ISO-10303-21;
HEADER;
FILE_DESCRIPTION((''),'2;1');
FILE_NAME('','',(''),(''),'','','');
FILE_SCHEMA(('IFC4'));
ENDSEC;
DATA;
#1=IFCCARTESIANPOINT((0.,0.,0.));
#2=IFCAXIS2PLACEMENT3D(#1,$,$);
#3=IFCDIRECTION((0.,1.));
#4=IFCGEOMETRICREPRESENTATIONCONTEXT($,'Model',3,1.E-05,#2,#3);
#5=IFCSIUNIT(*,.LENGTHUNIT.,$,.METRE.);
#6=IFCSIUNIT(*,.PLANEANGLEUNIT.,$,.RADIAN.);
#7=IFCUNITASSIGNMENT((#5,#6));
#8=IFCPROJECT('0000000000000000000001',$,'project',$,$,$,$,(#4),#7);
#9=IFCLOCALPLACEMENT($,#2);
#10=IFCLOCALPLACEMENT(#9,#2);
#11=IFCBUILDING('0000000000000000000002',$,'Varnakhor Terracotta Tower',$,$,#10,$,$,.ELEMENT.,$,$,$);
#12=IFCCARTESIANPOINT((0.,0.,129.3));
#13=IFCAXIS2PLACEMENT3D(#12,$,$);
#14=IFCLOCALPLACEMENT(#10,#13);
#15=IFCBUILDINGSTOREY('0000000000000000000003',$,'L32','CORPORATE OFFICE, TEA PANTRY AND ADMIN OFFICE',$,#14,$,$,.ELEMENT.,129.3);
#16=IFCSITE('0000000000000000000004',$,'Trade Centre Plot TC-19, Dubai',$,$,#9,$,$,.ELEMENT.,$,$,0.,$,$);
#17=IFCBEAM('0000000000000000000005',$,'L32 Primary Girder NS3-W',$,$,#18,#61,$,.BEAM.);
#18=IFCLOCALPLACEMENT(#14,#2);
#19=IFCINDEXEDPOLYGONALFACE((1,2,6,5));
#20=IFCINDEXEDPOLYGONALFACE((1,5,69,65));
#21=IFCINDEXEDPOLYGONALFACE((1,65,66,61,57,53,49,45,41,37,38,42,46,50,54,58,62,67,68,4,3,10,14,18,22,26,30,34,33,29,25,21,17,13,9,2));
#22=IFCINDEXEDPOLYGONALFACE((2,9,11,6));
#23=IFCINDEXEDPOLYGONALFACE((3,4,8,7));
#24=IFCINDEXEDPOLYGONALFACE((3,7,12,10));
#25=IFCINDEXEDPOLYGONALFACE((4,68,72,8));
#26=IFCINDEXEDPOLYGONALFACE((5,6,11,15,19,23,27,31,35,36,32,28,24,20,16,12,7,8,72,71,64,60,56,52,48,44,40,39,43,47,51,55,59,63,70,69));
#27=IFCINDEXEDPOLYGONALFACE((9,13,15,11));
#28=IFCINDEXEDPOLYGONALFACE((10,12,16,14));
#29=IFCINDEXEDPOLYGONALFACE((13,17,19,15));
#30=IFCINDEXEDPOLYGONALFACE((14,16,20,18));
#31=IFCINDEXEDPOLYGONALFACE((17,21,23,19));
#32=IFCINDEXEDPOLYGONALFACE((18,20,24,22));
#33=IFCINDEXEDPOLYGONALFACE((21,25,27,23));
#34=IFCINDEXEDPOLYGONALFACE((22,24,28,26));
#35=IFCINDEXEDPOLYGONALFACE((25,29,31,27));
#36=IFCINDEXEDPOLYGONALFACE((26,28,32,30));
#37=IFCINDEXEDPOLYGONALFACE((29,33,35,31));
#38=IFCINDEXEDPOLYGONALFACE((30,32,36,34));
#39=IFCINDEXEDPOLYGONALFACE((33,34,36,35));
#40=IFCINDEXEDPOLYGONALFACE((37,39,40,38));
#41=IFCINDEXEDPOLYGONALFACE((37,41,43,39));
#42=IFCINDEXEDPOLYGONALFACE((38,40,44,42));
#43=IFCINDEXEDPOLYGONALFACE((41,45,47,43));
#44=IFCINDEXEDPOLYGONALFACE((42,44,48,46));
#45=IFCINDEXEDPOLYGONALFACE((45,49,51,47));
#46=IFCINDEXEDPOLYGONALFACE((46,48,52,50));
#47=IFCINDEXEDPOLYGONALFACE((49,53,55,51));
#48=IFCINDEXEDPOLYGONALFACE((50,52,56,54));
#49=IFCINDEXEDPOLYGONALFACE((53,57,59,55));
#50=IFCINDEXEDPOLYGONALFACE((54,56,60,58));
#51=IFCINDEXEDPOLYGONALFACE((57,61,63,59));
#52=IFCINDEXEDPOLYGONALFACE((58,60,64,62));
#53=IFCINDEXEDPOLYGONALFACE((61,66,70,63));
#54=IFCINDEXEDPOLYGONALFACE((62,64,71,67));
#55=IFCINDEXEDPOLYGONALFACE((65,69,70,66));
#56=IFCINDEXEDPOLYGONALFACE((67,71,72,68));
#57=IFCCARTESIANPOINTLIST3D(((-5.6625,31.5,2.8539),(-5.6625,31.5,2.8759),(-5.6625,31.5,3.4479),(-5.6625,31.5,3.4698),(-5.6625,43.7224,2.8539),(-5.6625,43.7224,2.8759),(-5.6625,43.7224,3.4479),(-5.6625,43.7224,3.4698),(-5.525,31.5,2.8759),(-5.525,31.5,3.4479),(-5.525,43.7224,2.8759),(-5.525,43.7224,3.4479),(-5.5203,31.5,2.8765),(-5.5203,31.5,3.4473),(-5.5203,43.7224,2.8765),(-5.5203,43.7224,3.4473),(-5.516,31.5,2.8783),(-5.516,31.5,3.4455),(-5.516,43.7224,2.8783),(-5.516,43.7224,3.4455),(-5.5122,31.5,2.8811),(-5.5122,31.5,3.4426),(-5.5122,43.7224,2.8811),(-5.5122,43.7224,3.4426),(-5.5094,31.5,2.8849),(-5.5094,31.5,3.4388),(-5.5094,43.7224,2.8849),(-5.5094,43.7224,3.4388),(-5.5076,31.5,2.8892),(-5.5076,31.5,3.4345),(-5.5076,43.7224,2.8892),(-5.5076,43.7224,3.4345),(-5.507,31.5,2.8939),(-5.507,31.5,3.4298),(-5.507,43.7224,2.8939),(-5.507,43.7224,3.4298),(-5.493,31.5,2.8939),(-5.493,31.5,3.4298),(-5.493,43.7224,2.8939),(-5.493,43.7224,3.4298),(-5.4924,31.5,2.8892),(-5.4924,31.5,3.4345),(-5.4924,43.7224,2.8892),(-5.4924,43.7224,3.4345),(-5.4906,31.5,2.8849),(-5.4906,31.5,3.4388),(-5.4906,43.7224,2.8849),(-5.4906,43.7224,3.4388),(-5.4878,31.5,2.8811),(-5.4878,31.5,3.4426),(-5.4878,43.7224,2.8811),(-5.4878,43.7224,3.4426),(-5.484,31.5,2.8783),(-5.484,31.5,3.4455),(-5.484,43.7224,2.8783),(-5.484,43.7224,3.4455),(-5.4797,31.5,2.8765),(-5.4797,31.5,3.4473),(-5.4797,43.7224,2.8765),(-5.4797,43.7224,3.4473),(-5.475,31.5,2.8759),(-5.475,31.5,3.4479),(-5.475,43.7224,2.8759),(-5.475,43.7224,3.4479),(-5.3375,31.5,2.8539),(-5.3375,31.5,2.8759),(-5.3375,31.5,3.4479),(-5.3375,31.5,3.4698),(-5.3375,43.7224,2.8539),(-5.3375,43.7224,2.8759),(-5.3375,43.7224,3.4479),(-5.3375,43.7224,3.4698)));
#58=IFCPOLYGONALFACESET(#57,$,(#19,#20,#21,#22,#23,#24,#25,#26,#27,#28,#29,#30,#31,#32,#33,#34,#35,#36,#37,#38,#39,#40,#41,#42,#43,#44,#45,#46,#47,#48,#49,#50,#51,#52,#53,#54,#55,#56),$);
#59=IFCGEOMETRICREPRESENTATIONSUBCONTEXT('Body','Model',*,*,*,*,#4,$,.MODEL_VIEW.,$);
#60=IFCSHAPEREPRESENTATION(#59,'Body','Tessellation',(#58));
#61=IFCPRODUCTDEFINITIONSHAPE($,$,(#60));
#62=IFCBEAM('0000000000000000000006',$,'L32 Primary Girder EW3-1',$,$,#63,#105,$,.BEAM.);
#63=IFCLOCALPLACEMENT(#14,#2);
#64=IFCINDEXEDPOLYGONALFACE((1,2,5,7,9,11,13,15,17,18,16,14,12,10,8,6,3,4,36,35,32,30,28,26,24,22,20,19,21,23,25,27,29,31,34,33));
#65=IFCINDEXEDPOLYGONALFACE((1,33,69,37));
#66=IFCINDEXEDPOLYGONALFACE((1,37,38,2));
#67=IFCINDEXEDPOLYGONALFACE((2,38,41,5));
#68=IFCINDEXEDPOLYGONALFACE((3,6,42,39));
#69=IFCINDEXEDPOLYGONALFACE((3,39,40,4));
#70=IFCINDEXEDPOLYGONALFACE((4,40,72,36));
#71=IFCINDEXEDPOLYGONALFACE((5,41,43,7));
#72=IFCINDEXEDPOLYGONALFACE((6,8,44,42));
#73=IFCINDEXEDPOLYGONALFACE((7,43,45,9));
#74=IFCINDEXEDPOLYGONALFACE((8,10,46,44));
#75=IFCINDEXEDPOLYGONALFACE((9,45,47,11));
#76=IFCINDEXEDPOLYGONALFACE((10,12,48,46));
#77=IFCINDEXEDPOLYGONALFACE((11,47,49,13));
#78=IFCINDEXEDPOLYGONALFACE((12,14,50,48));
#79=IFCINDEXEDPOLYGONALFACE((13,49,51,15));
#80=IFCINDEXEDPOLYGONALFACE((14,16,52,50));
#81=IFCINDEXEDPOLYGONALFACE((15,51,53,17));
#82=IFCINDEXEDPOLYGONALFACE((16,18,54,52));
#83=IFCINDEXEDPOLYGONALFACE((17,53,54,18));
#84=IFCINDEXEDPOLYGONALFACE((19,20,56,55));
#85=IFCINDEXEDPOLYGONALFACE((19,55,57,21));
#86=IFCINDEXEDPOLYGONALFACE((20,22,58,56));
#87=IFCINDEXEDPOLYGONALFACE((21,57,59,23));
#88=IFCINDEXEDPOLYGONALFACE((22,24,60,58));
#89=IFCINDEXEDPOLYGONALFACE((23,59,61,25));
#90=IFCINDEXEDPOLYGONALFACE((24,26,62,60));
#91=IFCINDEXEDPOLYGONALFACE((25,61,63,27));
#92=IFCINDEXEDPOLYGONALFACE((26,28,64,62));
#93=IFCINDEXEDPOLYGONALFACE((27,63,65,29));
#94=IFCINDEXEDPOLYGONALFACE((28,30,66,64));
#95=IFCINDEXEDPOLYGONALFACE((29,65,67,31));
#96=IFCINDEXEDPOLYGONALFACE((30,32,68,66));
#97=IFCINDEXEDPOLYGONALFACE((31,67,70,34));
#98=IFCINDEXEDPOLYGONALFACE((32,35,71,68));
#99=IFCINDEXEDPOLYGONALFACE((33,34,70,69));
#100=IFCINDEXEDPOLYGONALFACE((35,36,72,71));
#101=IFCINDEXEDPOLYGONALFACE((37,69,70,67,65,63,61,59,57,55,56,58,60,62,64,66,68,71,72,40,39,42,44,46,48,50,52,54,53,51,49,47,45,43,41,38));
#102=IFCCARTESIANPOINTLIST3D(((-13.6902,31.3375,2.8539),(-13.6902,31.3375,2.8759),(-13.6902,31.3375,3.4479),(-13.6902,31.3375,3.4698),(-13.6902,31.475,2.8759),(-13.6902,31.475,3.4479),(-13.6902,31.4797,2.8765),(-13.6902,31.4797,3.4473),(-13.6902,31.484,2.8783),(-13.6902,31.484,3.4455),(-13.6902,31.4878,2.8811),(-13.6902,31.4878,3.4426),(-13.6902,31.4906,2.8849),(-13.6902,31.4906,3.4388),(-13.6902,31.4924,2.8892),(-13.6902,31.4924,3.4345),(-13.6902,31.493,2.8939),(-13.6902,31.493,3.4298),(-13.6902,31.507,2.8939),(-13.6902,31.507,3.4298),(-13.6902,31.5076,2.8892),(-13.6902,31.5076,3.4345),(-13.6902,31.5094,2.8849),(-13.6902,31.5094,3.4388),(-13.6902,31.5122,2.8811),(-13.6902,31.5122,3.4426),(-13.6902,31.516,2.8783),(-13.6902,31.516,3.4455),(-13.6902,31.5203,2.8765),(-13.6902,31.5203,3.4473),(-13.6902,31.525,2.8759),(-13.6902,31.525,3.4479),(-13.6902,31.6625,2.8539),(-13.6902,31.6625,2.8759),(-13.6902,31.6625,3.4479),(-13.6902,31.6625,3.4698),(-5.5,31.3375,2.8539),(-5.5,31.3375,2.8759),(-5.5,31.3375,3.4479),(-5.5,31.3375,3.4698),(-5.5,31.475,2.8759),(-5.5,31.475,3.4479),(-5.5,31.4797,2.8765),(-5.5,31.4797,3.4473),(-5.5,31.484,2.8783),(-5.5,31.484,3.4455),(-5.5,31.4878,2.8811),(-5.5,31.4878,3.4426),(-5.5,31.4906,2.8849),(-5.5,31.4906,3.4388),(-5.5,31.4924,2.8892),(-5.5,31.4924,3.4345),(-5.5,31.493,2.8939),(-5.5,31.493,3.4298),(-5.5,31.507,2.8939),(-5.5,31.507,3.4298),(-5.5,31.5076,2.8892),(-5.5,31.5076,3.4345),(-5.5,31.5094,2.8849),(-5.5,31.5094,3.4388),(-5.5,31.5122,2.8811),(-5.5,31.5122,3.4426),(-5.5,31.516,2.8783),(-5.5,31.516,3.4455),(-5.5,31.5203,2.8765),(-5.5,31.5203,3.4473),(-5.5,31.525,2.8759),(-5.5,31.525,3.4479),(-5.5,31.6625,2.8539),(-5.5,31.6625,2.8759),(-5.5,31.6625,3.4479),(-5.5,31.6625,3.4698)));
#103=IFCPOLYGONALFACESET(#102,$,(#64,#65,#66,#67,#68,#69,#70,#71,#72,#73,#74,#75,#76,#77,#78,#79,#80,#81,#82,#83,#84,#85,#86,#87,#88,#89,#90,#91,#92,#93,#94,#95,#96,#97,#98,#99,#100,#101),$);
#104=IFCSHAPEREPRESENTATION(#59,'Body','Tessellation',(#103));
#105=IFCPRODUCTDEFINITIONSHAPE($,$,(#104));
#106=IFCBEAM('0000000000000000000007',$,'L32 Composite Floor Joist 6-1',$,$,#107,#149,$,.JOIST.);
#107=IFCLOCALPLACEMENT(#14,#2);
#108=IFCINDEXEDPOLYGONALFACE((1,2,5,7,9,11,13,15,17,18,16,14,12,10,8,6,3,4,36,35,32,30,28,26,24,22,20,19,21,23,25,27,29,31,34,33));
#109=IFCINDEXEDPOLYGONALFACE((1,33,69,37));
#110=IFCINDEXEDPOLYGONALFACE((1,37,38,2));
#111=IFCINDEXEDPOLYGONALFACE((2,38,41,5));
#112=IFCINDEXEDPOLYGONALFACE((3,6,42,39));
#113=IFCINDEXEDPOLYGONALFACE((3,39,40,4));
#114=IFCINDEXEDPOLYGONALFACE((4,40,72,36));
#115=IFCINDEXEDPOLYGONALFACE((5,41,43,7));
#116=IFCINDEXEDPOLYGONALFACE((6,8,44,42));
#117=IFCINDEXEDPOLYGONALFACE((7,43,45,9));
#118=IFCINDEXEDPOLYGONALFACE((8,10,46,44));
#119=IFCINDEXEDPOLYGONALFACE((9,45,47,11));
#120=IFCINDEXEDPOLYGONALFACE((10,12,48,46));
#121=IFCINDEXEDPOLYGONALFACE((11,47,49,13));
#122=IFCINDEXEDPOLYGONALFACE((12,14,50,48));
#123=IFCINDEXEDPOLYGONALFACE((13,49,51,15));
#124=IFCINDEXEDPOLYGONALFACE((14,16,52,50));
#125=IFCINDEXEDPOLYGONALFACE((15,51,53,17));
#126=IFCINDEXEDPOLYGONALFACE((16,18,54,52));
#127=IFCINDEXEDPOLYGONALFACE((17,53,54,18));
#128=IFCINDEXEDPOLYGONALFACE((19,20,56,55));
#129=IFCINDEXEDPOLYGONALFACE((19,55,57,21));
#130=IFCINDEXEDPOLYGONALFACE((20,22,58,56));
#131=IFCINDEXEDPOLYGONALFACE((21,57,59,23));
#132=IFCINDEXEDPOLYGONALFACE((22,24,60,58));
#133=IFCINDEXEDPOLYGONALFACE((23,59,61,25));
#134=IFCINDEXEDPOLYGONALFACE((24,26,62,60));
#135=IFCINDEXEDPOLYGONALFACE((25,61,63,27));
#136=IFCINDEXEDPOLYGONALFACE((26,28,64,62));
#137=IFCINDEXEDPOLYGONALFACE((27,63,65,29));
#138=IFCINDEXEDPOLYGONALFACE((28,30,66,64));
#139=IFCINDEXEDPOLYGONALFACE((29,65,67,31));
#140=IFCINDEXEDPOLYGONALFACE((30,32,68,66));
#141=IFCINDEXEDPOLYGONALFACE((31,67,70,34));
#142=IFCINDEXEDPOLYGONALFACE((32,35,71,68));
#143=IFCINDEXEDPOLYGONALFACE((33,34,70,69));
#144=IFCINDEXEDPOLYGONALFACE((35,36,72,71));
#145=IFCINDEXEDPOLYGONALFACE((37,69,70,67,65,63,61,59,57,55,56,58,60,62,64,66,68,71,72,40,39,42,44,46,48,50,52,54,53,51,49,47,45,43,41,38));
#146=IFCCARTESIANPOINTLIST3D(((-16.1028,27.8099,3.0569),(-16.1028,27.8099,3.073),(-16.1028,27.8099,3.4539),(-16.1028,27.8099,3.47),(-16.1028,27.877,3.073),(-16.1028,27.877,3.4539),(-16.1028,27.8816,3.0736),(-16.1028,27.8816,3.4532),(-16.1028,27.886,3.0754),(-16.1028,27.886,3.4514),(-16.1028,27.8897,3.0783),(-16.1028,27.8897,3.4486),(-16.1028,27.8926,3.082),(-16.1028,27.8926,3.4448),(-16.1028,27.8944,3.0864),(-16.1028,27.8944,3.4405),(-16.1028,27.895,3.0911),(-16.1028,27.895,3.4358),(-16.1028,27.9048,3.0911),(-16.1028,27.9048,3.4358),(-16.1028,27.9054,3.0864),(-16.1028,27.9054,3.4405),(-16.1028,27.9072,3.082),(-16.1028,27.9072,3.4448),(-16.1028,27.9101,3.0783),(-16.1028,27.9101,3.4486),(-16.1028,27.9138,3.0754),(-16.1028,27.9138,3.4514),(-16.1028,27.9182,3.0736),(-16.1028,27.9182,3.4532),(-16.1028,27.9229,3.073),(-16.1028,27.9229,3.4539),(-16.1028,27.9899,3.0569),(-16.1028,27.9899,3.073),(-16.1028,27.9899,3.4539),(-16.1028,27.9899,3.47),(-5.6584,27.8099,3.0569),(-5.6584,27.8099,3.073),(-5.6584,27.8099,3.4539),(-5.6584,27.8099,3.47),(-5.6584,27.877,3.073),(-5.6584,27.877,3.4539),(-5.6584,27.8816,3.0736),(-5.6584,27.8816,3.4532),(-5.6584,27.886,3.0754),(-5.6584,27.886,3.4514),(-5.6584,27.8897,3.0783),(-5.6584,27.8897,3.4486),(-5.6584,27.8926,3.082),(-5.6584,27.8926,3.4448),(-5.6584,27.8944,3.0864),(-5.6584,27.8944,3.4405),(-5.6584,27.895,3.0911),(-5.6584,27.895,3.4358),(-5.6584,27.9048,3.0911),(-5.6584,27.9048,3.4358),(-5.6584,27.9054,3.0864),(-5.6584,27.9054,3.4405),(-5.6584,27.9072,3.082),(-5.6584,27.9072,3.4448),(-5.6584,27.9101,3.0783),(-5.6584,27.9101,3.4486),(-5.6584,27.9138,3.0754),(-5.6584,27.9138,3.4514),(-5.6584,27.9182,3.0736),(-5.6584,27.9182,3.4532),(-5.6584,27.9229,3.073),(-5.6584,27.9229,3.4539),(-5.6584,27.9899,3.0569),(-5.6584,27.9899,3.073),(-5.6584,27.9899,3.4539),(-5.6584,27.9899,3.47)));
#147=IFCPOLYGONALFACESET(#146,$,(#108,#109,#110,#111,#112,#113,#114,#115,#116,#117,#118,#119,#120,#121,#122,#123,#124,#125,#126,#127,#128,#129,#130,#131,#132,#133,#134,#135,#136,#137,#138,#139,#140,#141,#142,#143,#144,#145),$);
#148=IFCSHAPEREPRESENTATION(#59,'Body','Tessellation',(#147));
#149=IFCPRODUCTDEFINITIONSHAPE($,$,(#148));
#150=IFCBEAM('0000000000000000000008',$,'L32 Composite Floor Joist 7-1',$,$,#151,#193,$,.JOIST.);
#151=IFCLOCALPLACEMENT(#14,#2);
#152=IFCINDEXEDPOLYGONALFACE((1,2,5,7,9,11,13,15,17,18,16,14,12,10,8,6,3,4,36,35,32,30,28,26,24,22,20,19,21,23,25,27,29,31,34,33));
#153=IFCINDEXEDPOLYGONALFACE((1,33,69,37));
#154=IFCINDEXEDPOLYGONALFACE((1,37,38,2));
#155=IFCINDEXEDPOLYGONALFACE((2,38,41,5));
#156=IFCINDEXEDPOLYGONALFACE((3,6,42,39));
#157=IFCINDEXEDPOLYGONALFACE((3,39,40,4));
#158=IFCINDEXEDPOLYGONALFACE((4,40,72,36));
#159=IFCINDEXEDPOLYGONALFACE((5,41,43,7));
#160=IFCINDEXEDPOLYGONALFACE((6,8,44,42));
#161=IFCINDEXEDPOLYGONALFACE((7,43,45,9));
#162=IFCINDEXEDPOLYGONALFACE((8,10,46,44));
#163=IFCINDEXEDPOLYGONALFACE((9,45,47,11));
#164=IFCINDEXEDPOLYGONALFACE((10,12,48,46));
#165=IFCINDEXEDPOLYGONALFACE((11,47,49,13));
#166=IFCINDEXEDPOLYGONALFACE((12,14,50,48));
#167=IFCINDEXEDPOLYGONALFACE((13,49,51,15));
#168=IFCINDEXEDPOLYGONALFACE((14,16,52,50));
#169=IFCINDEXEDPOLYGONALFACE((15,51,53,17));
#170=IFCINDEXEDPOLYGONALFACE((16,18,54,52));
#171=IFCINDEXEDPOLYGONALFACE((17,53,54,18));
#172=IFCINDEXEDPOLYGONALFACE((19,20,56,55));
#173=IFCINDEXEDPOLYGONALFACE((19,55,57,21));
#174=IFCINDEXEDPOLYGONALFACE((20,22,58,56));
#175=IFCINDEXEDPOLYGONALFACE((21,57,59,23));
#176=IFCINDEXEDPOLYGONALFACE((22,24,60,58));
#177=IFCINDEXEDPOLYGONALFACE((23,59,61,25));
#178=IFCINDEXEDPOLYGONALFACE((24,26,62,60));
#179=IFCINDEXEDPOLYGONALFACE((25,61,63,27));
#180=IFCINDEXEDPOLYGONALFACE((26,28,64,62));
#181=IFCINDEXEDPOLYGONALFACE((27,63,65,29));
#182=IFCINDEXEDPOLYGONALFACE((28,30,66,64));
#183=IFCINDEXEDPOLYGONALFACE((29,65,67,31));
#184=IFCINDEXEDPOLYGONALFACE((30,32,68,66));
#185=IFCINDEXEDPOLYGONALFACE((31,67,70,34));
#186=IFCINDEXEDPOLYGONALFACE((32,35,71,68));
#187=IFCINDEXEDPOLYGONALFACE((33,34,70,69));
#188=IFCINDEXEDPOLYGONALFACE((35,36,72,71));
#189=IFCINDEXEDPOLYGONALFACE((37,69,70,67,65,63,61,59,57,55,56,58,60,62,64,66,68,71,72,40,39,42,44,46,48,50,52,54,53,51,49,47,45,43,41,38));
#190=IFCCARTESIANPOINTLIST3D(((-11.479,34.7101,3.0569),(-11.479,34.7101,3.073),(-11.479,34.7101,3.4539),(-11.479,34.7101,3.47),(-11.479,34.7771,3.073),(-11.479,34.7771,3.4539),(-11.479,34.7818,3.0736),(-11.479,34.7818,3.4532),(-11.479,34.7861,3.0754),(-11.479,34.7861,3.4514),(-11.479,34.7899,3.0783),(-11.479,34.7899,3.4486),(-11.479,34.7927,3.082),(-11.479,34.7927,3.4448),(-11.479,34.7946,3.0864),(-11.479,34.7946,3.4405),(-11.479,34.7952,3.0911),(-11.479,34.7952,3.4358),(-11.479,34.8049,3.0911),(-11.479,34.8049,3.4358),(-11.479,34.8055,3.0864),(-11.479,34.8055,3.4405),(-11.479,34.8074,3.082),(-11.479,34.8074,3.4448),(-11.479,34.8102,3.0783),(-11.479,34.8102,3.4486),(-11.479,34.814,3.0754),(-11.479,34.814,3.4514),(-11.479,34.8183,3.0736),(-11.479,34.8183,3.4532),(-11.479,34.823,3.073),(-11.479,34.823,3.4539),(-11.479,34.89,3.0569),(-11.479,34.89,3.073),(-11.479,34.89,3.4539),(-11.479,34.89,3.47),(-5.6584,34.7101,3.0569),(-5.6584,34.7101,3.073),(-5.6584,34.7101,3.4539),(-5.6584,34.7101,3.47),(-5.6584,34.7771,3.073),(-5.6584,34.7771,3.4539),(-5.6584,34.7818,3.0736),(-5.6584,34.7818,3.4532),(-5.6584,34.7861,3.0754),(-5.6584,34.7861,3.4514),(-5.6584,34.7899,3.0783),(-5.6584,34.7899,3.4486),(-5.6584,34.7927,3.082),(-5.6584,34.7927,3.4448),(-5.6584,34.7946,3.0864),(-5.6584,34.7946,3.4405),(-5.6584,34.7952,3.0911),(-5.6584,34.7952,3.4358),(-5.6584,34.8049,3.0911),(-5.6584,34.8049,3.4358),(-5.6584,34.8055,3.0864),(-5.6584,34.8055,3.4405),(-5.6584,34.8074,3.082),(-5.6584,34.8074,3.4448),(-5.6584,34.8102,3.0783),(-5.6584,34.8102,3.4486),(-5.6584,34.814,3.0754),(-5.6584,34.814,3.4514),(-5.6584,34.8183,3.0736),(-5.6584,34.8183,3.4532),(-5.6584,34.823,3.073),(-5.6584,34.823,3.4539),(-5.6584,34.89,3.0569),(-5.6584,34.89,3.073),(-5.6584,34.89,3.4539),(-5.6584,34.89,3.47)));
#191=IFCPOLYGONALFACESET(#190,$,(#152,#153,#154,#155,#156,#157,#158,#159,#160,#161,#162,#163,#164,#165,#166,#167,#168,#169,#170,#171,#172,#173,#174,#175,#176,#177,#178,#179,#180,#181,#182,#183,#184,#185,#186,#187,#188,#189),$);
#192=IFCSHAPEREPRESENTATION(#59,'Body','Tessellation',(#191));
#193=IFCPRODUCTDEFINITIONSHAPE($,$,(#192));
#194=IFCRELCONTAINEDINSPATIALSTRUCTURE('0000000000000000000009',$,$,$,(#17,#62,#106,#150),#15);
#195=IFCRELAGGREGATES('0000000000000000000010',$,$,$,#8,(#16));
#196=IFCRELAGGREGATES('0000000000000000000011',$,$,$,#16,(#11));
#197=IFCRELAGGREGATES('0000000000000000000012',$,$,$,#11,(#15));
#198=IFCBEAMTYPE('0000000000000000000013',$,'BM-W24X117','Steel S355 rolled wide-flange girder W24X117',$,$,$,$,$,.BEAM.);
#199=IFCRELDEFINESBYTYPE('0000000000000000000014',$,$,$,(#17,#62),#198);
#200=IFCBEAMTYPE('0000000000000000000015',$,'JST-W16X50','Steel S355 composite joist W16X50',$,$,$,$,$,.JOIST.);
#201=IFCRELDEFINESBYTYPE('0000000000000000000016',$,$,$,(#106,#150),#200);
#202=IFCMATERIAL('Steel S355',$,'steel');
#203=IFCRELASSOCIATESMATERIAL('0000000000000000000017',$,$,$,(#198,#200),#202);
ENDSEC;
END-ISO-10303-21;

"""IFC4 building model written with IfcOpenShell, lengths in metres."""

from ifc_helpers import new_model, si_unit, direction, frame, origin, origin_2d, place, context, subcontext, project, spatial, i_section, extrude, source, transform, mapped, material, material_profile, profile_set, type_object, element, save


model = new_model("IFC4")

# Units and contexts
model_context = context("Model", 3, precision=1e-05, world=origin(), true_north=direction((0.0, 1.0)))
body_context = subcontext(model_context, "Body", "Model", "MODEL_VIEW")
ifc_project = project(units=[si_unit("LENGTHUNIT", "METRE"), si_unit("PLANEANGLEUNIT", "RADIAN")], contexts=[model_context])

# Site, building, storey
site_placement = place(None, origin())
site = spatial("IfcSite", under=ifc_project, at=site_placement, Name="Trade Centre Plot TC-19, Dubai", CompositionType="ELEMENT", RefElevation=0.0)
building_placement = place(site_placement, origin())
building = spatial("IfcBuilding", under=site, at=building_placement, Name="Varnakhor Terracotta Tower", CompositionType="ELEMENT")
storey_placement = place(building_placement, frame((0.0, 0.0, 129.3)))
storey = spatial("IfcBuildingStorey", under=building, at=storey_placement, Name="L32", Description="CORPORATE OFFICE, TEA PANTRY AND ADMIN OFFICE", CompositionType="ELEMENT", Elevation=129.3)

# Beams
ifc_material_1 = material(Name="Steel S355", Category="steel")
ifc_material_profile_1 = material_profile(ifc_material_1, i_section(OverallWidth=0.325, OverallDepth=0.616, WebThickness=0.0139, FlangeThickness=0.022, FilletRadius=0.0181, at=origin_2d()), Name="W24X117")
ifc_profile_set_1 = profile_set([ifc_material_profile_1], Name="Steel S355")
beam_type_1 = type_object("IfcBeamType", Name="BM-W24X117", Description="Steel S355 rolled wide-flange girder W24X117", PredefinedType="BEAM", material=ifc_profile_set_1)
ifc_material_profile_2 = material_profile(ifc_material_1, i_section(OverallWidth=0.1799, OverallDepth=0.4131, WebThickness=0.0098, FlangeThickness=0.0161, FilletRadius=0.0181, at=origin_2d()), Name="W16X50")
ifc_profile_set_2 = profile_set([ifc_material_profile_2], Name="Steel S355")
beam_type_2 = type_object("IfcBeamType", Name="JST-W16X50", Description="Steel S355 composite joist W16X50", PredefinedType="JOIST", material=ifc_profile_set_2)
shared_shape_1 = source(origin(), body_context, "Body", "SweptSolid", [
    extrude(i_section(OverallWidth=0.325, OverallDepth=0.616, WebThickness=0.0139, FlangeThickness=0.022, FilletRadius=0.0181, at=origin_2d()), origin(), (0.0, 0.0, 1.0), 12.2224),
])
beam_1_placement = place(storey_placement, frame((-5.5, 31.5, 3.1619), z_axis=(0.0, 1.0, 0.0), x_axis=(-1.0, 0.0, 0.0)))
element("IfcBeam", 1, at=beam_1_placement, inside=storey, type_object=beam_type_1, Name="L32 Primary Girder NS3-W", PredefinedType="BEAM", context=body_context, shape_type="MappedRepresentation", body=[
    mapped(shared_shape_1, transform((0.0, 0.0, 0.0), scale=1.0)),
])
shared_shape_2 = source(origin(), body_context, "Body", "SweptSolid", [
    extrude(i_section(OverallWidth=0.325, OverallDepth=0.616, WebThickness=0.0139, FlangeThickness=0.022, FilletRadius=0.0181, at=origin_2d()), origin(), (0.0, 0.0, 1.0), 8.1902),
])
beam_2_placement = place(storey_placement, frame((-13.6902, 31.5, 3.1619), z_axis=(1.0, 0.0, 0.0), x_axis=(0.0, 1.0, 0.0)))
element("IfcBeam", 2, at=beam_2_placement, inside=storey, type_object=beam_type_1, Name="L32 Primary Girder EW3-1", PredefinedType="BEAM", context=body_context, shape_type="MappedRepresentation", body=[
    mapped(shared_shape_2, transform((0.0, 0.0, 0.0), scale=1.0)),
])
shared_shape_3 = source(origin(), body_context, "Body", "SweptSolid", [
    extrude(i_section(OverallWidth=0.1799, OverallDepth=0.4131, WebThickness=0.0098, FlangeThickness=0.0161, FilletRadius=0.0181, at=origin_2d()), origin(), (0.0, 0.0, 1.0), 10.4443),
])
beam_3_placement = place(storey_placement, frame((-16.1028, 27.8999, 3.2634), z_axis=(1.0, 0.0, 0.0), x_axis=(0.0, 1.0, 0.0)))
element("IfcBeam", 3, at=beam_3_placement, inside=storey, type_object=beam_type_2, Name="L32 Composite Floor Joist 6-1", PredefinedType="JOIST", context=body_context, shape_type="MappedRepresentation", body=[
    mapped(shared_shape_3, transform((0.0, 0.0, 0.0), scale=1.0)),
])
shared_shape_4 = source(origin(), body_context, "Body", "SweptSolid", [
    extrude(i_section(OverallWidth=0.1799, OverallDepth=0.4131, WebThickness=0.0098, FlangeThickness=0.0161, FilletRadius=0.0181, at=origin_2d()), origin(), (0.0, 0.0, 1.0), 5.8206),
])
beam_4_placement = place(storey_placement, frame((-11.479, 34.8, 3.2634), z_axis=(1.0, 0.0, 0.0), x_axis=(0.0, 1.0, 0.0)))
element("IfcBeam", 4, at=beam_4_placement, inside=storey, type_object=beam_type_2, Name="L32 Composite Floor Joist 7-1", PredefinedType="JOIST", context=body_context, shape_type="MappedRepresentation", body=[
    mapped(shared_shape_4, transform((0.0, 0.0, 0.0), scale=1.0)),
])

save(model, "model.ifc")
